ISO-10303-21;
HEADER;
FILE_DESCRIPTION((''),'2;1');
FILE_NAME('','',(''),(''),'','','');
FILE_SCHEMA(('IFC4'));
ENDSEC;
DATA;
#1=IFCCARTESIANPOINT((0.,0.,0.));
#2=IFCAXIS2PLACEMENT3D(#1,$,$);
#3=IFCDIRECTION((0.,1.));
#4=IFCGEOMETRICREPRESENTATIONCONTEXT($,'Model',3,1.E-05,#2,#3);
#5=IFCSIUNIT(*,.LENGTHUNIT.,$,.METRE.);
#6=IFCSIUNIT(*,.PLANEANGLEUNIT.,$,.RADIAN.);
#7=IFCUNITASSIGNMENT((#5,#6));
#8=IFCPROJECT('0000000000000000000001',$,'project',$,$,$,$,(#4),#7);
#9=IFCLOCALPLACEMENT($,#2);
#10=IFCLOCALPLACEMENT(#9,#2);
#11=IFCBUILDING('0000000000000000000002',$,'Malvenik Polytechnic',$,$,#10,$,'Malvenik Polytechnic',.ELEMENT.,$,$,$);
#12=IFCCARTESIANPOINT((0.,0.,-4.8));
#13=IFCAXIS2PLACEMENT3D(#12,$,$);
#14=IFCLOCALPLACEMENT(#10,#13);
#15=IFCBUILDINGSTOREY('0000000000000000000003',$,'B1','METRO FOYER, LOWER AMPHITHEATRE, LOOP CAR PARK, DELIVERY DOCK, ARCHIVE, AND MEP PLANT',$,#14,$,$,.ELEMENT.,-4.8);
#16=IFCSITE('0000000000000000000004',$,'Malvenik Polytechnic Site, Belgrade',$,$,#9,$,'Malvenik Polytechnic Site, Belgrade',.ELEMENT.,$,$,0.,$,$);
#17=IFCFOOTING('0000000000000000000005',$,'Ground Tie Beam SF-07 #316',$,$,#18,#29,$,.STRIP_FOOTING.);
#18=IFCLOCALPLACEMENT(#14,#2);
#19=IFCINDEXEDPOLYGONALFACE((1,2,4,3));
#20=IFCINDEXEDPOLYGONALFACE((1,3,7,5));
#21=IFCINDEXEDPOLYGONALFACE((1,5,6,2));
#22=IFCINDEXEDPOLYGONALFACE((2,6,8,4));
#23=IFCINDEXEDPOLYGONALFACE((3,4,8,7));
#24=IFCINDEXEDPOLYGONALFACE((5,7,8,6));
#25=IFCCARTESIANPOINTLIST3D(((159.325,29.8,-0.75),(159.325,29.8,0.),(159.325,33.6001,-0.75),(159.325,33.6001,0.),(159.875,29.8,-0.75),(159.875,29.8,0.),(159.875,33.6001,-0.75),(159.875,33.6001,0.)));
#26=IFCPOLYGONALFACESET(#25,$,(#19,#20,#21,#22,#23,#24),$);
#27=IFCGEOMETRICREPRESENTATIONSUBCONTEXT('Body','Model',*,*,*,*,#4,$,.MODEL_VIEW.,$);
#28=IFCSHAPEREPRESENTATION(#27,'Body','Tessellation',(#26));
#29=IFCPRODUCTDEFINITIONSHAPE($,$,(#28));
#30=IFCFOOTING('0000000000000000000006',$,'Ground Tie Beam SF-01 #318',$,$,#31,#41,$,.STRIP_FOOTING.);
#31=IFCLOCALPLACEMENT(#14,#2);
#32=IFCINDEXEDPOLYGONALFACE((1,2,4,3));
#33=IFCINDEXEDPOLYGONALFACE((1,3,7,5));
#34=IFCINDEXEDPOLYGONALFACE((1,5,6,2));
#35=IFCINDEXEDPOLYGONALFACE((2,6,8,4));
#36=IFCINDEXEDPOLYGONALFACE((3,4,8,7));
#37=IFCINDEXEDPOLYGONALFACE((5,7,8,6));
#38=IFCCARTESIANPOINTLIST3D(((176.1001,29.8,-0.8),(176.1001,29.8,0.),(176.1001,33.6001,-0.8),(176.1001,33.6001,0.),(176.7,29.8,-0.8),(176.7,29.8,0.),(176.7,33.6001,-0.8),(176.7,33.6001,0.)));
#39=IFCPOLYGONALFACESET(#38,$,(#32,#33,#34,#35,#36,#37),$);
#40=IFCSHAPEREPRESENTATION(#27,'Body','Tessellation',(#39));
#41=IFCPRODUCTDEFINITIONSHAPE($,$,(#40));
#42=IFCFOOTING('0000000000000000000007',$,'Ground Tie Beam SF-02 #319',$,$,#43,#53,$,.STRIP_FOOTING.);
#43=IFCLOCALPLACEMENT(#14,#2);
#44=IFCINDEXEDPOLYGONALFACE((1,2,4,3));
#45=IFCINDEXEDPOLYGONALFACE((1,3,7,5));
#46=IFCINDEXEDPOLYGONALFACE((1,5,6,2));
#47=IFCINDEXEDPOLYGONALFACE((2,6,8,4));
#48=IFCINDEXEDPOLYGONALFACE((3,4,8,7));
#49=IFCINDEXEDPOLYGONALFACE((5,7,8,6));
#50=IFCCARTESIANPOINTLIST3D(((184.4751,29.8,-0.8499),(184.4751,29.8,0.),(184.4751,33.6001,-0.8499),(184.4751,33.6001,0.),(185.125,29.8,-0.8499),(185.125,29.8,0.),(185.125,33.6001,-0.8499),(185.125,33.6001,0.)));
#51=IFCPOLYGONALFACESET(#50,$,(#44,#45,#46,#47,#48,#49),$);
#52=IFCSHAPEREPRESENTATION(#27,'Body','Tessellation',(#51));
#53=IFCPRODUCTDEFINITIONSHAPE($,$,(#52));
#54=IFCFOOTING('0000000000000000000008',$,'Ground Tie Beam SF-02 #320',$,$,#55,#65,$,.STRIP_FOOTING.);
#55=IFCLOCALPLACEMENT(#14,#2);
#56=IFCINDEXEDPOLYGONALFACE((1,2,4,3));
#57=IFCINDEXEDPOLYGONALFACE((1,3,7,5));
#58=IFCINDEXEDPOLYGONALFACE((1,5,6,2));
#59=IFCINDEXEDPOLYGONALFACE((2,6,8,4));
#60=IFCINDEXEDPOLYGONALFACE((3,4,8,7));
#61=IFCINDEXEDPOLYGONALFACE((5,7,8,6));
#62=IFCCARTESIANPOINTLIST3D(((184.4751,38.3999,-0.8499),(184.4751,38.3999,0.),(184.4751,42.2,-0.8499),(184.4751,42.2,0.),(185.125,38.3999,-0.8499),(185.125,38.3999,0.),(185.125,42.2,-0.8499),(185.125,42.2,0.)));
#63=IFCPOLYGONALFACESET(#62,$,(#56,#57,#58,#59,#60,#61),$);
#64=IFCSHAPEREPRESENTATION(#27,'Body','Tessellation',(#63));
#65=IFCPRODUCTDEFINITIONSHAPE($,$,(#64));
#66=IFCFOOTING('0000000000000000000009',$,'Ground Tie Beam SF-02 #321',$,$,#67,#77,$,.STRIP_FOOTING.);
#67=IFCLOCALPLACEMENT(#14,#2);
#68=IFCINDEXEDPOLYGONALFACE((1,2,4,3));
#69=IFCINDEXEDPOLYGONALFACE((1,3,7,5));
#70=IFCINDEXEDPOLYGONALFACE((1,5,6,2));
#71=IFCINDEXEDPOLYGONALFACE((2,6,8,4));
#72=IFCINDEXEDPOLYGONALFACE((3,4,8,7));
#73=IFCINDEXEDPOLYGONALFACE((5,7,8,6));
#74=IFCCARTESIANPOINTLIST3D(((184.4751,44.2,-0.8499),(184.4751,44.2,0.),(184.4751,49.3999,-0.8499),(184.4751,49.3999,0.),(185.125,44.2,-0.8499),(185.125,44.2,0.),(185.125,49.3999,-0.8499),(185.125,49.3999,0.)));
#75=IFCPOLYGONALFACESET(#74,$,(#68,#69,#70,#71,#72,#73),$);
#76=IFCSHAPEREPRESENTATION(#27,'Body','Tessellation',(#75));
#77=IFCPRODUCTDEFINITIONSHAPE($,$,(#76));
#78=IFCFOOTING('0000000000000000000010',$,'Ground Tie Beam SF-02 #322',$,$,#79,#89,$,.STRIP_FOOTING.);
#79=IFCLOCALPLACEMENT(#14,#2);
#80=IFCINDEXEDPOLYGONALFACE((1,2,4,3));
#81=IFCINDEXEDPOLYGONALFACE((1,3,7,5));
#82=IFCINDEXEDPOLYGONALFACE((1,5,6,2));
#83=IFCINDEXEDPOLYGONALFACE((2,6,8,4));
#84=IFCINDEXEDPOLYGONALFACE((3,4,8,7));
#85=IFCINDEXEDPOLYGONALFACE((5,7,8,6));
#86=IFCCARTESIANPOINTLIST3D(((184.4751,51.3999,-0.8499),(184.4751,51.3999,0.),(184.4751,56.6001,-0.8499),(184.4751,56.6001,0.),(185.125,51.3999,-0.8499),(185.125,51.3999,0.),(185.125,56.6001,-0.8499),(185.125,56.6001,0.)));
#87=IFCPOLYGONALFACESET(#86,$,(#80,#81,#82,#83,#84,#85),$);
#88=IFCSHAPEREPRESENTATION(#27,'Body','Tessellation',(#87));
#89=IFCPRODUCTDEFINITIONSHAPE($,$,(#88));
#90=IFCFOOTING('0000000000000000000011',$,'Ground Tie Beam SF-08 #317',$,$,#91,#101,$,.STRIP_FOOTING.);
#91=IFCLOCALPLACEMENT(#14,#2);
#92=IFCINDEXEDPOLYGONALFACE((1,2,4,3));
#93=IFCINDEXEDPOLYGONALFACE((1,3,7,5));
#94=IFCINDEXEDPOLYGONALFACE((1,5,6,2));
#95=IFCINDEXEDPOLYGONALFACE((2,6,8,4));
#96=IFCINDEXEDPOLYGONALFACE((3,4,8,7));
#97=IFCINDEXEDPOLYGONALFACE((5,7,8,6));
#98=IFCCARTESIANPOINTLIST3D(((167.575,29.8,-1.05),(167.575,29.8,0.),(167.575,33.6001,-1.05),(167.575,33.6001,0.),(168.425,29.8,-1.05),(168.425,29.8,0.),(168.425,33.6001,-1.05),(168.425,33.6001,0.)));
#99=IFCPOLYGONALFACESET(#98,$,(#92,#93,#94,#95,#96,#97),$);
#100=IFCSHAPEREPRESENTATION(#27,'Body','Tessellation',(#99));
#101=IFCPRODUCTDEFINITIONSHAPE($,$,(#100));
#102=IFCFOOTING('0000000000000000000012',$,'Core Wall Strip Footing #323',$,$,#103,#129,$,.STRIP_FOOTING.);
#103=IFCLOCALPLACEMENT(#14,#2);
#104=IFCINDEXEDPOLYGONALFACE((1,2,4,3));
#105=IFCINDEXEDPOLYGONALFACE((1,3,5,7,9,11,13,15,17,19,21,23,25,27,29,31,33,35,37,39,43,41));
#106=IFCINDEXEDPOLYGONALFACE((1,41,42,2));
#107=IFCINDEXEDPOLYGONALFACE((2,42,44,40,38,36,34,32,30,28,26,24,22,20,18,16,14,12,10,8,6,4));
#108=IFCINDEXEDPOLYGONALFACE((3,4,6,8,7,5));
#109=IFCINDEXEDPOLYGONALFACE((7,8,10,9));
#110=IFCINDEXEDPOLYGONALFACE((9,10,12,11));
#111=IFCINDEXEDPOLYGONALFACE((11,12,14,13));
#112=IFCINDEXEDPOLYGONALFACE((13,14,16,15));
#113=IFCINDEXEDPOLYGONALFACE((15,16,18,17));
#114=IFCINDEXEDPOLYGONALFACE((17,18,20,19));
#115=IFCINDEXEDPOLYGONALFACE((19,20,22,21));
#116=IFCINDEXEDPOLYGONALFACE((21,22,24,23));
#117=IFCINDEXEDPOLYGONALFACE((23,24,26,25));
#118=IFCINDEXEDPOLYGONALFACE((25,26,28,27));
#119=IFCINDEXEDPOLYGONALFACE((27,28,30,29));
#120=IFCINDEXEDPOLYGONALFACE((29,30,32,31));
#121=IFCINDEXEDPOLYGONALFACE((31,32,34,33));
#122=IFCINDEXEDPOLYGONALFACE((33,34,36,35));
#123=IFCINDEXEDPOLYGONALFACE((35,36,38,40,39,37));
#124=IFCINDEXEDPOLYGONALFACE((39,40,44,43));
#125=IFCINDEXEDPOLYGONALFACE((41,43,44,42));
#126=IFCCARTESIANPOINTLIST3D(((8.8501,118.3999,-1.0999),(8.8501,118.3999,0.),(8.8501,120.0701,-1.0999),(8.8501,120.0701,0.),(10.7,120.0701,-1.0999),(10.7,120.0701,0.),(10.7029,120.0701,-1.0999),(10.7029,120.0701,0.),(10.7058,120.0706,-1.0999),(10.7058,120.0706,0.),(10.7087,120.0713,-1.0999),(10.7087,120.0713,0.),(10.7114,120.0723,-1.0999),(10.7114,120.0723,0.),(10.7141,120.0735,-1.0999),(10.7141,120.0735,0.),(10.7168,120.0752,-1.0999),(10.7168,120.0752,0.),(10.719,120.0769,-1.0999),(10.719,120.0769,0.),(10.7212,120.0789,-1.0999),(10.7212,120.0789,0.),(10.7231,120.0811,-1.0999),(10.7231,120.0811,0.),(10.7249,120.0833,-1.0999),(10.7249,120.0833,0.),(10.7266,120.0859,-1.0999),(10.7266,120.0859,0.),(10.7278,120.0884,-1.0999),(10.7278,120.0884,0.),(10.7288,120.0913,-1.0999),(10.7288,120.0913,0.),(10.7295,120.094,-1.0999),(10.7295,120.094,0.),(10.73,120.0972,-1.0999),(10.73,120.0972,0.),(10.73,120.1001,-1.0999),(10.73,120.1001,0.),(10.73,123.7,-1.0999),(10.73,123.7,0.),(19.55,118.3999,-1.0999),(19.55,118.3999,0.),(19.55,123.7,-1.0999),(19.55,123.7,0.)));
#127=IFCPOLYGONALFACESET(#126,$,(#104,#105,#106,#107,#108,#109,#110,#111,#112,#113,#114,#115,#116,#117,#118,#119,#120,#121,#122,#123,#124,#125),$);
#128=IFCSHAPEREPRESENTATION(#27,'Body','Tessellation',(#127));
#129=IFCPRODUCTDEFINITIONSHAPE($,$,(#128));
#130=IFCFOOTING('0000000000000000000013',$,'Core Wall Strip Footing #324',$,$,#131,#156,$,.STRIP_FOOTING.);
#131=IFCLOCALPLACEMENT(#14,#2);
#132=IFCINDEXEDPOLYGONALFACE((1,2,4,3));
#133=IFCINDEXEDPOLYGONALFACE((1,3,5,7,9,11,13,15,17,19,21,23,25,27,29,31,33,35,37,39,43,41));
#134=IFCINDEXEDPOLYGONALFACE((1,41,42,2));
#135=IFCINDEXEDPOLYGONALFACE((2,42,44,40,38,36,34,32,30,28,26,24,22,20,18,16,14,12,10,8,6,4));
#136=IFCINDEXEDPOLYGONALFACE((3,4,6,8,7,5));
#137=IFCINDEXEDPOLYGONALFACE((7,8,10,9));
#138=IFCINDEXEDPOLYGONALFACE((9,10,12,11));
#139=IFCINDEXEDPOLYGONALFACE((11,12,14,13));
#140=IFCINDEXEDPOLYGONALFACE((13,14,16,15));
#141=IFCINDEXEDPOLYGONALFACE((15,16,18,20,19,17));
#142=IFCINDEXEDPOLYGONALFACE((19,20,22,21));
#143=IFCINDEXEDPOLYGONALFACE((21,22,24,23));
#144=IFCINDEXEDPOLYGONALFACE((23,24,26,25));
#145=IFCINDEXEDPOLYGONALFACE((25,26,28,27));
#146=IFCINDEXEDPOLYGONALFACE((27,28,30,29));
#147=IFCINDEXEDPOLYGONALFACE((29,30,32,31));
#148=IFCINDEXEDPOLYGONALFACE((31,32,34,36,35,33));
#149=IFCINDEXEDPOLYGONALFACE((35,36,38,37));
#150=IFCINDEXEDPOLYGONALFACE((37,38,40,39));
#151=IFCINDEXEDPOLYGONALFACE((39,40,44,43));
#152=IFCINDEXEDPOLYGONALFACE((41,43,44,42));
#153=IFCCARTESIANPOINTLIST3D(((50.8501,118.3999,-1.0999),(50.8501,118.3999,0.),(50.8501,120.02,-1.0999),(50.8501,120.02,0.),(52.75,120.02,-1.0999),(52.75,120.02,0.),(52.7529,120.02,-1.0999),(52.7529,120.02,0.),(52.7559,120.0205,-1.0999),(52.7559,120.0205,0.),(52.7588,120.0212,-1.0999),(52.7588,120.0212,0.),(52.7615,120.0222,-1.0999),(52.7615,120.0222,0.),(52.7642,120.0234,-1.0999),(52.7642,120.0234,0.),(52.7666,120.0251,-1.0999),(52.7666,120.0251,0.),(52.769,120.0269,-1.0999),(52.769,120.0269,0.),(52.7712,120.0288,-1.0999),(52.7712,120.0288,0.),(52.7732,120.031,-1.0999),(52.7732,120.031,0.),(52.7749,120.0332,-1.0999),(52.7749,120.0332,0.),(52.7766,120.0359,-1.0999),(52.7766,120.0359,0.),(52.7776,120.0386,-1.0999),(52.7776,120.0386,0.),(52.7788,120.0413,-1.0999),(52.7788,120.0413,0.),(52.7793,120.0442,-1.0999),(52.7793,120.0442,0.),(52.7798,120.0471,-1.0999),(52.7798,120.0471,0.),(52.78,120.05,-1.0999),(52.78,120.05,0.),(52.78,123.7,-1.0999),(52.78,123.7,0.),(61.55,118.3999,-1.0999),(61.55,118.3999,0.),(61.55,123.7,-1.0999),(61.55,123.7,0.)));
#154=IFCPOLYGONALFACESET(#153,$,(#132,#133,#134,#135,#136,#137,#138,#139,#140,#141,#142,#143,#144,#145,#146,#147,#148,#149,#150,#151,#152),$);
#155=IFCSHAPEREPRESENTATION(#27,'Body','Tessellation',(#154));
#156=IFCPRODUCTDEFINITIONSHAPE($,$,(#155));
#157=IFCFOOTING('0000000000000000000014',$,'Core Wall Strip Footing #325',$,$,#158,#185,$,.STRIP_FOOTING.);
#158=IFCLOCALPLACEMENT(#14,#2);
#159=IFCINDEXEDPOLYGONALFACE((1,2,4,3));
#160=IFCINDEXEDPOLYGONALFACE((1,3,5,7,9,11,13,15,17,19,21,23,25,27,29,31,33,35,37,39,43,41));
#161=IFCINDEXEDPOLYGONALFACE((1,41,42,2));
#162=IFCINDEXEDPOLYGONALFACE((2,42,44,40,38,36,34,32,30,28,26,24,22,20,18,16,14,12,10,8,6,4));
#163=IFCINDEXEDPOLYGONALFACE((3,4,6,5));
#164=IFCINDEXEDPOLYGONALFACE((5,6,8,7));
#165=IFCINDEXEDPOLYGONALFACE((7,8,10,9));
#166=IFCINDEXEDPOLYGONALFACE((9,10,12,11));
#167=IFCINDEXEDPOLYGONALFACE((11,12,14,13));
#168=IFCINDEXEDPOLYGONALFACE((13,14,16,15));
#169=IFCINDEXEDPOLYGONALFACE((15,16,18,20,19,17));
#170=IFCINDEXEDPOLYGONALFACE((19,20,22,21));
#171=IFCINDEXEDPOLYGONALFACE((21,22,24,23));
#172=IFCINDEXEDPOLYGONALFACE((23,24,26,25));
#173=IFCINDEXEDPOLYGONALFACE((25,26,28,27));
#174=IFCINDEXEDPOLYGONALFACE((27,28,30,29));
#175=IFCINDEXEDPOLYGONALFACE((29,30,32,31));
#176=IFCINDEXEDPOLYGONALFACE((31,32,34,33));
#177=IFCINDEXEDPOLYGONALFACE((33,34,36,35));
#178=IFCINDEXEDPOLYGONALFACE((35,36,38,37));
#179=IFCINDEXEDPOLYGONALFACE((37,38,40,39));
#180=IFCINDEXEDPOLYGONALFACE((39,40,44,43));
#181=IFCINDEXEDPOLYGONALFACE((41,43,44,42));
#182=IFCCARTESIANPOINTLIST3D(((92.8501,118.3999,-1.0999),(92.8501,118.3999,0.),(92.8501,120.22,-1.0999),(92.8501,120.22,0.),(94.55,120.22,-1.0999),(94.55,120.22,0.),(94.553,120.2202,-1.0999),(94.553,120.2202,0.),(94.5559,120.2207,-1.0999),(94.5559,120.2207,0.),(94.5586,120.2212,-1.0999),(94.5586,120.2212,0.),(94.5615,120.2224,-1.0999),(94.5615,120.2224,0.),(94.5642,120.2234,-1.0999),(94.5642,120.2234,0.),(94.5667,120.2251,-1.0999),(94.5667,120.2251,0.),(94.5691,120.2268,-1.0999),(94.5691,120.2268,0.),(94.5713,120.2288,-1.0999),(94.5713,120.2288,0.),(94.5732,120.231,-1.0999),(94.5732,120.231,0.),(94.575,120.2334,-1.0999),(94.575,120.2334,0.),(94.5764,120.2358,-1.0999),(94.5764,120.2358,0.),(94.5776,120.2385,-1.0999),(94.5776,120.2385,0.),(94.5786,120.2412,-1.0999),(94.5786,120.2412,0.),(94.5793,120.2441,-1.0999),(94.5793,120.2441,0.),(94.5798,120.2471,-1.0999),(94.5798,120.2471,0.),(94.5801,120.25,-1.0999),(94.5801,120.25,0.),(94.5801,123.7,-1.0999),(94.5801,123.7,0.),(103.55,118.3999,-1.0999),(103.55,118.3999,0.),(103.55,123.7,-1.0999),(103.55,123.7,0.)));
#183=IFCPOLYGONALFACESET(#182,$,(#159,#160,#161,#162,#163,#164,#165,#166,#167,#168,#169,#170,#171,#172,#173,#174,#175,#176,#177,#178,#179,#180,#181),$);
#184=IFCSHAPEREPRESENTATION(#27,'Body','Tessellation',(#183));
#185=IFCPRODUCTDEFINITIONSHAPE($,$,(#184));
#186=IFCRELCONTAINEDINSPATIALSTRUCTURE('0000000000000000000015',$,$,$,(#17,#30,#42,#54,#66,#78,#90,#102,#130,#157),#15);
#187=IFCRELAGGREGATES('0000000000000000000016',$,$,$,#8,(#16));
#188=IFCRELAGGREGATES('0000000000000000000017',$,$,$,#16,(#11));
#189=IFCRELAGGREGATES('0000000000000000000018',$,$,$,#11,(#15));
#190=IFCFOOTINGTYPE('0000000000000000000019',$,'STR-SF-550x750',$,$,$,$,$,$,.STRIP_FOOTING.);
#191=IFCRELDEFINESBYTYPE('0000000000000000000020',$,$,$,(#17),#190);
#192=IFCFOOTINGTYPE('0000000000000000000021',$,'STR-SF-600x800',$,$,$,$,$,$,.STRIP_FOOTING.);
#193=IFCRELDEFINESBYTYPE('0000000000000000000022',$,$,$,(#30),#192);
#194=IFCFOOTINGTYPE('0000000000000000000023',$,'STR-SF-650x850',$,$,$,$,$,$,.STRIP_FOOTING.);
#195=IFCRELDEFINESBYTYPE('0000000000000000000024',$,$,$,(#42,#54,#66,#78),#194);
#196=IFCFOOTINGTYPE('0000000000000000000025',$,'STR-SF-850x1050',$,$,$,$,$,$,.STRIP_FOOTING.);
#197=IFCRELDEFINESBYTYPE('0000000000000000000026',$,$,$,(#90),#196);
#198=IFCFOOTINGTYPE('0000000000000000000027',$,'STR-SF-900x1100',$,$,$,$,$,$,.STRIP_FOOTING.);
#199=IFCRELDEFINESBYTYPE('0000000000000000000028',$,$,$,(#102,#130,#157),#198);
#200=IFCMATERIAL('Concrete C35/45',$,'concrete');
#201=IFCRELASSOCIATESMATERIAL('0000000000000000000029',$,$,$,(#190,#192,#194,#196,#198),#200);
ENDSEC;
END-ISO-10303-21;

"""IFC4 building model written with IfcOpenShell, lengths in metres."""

from ifc_helpers import new_model, si_unit, direction, frame, origin, place, context, subcontext, project, spatial, polyline, outline, extrude, material, type_object, element, save


model = new_model("IFC4")

# Units and contexts
model_context = context("Model", 3, precision=1e-05, world=origin(), true_north=direction((0.0, 1.0)))
body_context = subcontext(model_context, "Body", "Model", "MODEL_VIEW")
ifc_project = project(units=[si_unit("LENGTHUNIT", "METRE"), si_unit("PLANEANGLEUNIT", "RADIAN")], contexts=[model_context])

# Site, building, storey
site_placement = place(None, origin())
site = spatial("IfcSite", under=ifc_project, at=site_placement, Name="Malvenik Polytechnic Site, Belgrade", LongName="Malvenik Polytechnic Site, Belgrade", CompositionType="ELEMENT", RefElevation=0.0)
building_placement = place(site_placement, origin())
building = spatial("IfcBuilding", under=site, at=building_placement, Name="Malvenik Polytechnic", LongName="Malvenik Polytechnic", CompositionType="ELEMENT")
storey_placement = place(building_placement, frame((0.0, 0.0, -4.8)))
storey = spatial("IfcBuildingStorey", under=building, at=storey_placement, Name="B1", Description="METRO FOYER, LOWER AMPHITHEATRE, LOOP CAR PARK, DELIVERY DOCK, ARCHIVE, AND MEP PLANT", CompositionType="ELEMENT", Elevation=-4.8)

# Footings
ifc_material = material(Name="Concrete C35/45", Category="concrete")
footing_type_1 = type_object("IfcFootingType", Name="STR-SF-550x750", PredefinedType="STRIP_FOOTING", material=ifc_material)
footing_1_placement = place(storey_placement, frame((0.0, 0.0, -0.75)))
element("IfcFooting", 1, at=footing_1_placement, inside=storey, type_object=footing_type_1, Name="Ground Tie Beam SF-07 #316", PredefinedType="STRIP_FOOTING", context=body_context, shape_type="SweptSolid", body=[
    extrude(outline(polyline([(159.325, 29.8), (159.875, 29.8), (159.875, 33.6001), (159.325, 33.6001), (159.325, 29.8)])), origin(), (0.0, 0.0, 1.0), 0.75),
])
footing_type_2 = type_object("IfcFootingType", Name="STR-SF-600x800", PredefinedType="STRIP_FOOTING", material=ifc_material)
footing_2_placement = place(storey_placement, frame((0.0, 0.0, -0.8)))
element("IfcFooting", 2, at=footing_2_placement, inside=storey, type_object=footing_type_2, Name="Ground Tie Beam SF-01 #318", PredefinedType="STRIP_FOOTING", context=body_context, shape_type="SweptSolid", body=[
    extrude(outline(polyline([(176.1001, 29.8), (176.7, 29.8), (176.7, 33.6001), (176.1001, 33.6001), (176.1001, 29.8)])), origin(), (0.0, 0.0, 1.0), 0.8),
])
footing_type_3 = type_object("IfcFootingType", Name="STR-SF-650x850", PredefinedType="STRIP_FOOTING", material=ifc_material)
footing_3_placement = place(storey_placement, frame((0.0, 0.0, -0.8499)))
element("IfcFooting", 3, at=footing_3_placement, inside=storey, type_object=footing_type_3, Name="Ground Tie Beam SF-02 #319", PredefinedType="STRIP_FOOTING", context=body_context, shape_type="SweptSolid", body=[
    extrude(outline(polyline([(184.4751, 29.8), (185.125, 29.8), (185.125, 33.6001), (184.4751, 33.6001), (184.4751, 29.8)])), origin(), (0.0, 0.0, 1.0), 0.8499),
])
footing_4_placement = place(storey_placement, frame((0.0, 0.0, -0.8499)))
element("IfcFooting", 4, at=footing_4_placement, inside=storey, type_object=footing_type_3, Name="Ground Tie Beam SF-02 #320", PredefinedType="STRIP_FOOTING", context=body_context, shape_type="SweptSolid", body=[
    extrude(outline(polyline([(184.4751, 38.3999), (185.125, 38.3999), (185.125, 42.2), (184.4751, 42.2), (184.4751, 38.3999)])), origin(), (0.0, 0.0, 1.0), 0.8499),
])
footing_5_placement = place(storey_placement, frame((0.0, 0.0, -0.8499)))
element("IfcFooting", 5, at=footing_5_placement, inside=storey, type_object=footing_type_3, Name="Ground Tie Beam SF-02 #321", PredefinedType="STRIP_FOOTING", context=body_context, shape_type="SweptSolid", body=[
    extrude(outline(polyline([(184.4751, 44.2), (185.125, 44.2), (185.125, 49.3999), (184.4751, 49.3999), (184.4751, 44.2)])), origin(), (0.0, 0.0, 1.0), 0.8499),
])
footing_6_placement = place(storey_placement, frame((0.0, 0.0, -0.8499)))
element("IfcFooting", 6, at=footing_6_placement, inside=storey, type_object=footing_type_3, Name="Ground Tie Beam SF-02 #322", PredefinedType="STRIP_FOOTING", context=body_context, shape_type="SweptSolid", body=[
    extrude(outline(polyline([(184.4751, 51.3999), (185.125, 51.3999), (185.125, 56.6001), (184.4751, 56.6001), (184.4751, 51.3999)])), origin(), (0.0, 0.0, 1.0), 0.8499),
])
footing_type_4 = type_object("IfcFootingType", Name="STR-SF-850x1050", PredefinedType="STRIP_FOOTING", material=ifc_material)
footing_7_placement = place(storey_placement, frame((0.0, 0.0, -1.05)))
element("IfcFooting", 7, at=footing_7_placement, inside=storey, type_object=footing_type_4, Name="Ground Tie Beam SF-08 #317", PredefinedType="STRIP_FOOTING", context=body_context, shape_type="SweptSolid", body=[
    extrude(outline(polyline([(167.575, 29.8), (168.425, 29.8), (168.425, 33.6001), (167.575, 33.6001), (167.575, 29.8)])), origin(), (0.0, 0.0, 1.0), 1.05),
])
footing_type_5 = type_object("IfcFootingType", Name="STR-SF-900x1100", PredefinedType="STRIP_FOOTING", material=ifc_material)
footing_8_placement = place(storey_placement, frame((0.0, 0.0, -1.0999)))
element("IfcFooting", 8, at=footing_8_placement, inside=storey, type_object=footing_type_5, Name="Core Wall Strip Footing #323", PredefinedType="STRIP_FOOTING", context=body_context, shape_type="SweptSolid", body=[
    extrude(outline(polyline([(19.55, 123.7), (19.55, 118.3999), (8.8501, 118.3999), (8.8501, 120.0701), (10.7, 120.0701), (10.7029, 120.0701), (10.7058, 120.0706), (10.7087, 120.0713), (10.7114, 120.0723), (10.7141, 120.0735), (10.7168, 120.0752), (10.719, 120.0769), (10.7212, 120.0789), (10.7231, 120.0811), (10.7249, 120.0833), (10.7266, 120.0859), (10.7278, 120.0884), (10.7288, 120.0913), (10.7295, 120.094), (10.73, 120.0972), (10.73, 120.1001), (10.73, 123.7), (19.55, 123.7)])), origin(), (0.0, 0.0, 1.0), 1.0999),
])
footing_9_placement = place(storey_placement, frame((0.0, 0.0, -1.0999)))
element("IfcFooting", 9, at=footing_9_placement, inside=storey, type_object=footing_type_5, Name="Core Wall Strip Footing #324", PredefinedType="STRIP_FOOTING", context=body_context, shape_type="SweptSolid", body=[
    extrude(outline(polyline([(61.55, 123.7), (61.55, 118.3999), (50.8501, 118.3999), (50.8501, 120.02), (52.75, 120.02), (52.7529, 120.02), (52.7559, 120.0205), (52.7588, 120.0212), (52.7615, 120.0222), (52.7642, 120.0234), (52.7666, 120.0251), (52.769, 120.0269), (52.7712, 120.0288), (52.7732, 120.031), (52.7749, 120.0332), (52.7766, 120.0359), (52.7776, 120.0386), (52.7788, 120.0413), (52.7793, 120.0442), (52.7798, 120.0471), (52.78, 120.05), (52.78, 123.7), (61.55, 123.7)])), origin(), (0.0, 0.0, 1.0), 1.0999),
])
footing_10_placement = place(storey_placement, frame((0.0, 0.0, -1.0999)))
element("IfcFooting", 10, at=footing_10_placement, inside=storey, type_object=footing_type_5, Name="Core Wall Strip Footing #325", PredefinedType="STRIP_FOOTING", context=body_context, shape_type="SweptSolid", body=[
    extrude(outline(polyline([(103.55, 123.7), (103.55, 118.3999), (92.8501, 118.3999), (92.8501, 120.22), (94.55, 120.22), (94.553, 120.2202), (94.5559, 120.2207), (94.5586, 120.2212), (94.5615, 120.2224), (94.5642, 120.2234), (94.5667, 120.2251), (94.5691, 120.2268), (94.5713, 120.2288), (94.5732, 120.231), (94.575, 120.2334), (94.5764, 120.2358), (94.5776, 120.2385), (94.5786, 120.2412), (94.5793, 120.2441), (94.5798, 120.2471), (94.5801, 120.25), (94.5801, 123.7), (103.55, 123.7)])), origin(), (0.0, 0.0, 1.0), 1.0999),
])

save(model, "model.ifc")
